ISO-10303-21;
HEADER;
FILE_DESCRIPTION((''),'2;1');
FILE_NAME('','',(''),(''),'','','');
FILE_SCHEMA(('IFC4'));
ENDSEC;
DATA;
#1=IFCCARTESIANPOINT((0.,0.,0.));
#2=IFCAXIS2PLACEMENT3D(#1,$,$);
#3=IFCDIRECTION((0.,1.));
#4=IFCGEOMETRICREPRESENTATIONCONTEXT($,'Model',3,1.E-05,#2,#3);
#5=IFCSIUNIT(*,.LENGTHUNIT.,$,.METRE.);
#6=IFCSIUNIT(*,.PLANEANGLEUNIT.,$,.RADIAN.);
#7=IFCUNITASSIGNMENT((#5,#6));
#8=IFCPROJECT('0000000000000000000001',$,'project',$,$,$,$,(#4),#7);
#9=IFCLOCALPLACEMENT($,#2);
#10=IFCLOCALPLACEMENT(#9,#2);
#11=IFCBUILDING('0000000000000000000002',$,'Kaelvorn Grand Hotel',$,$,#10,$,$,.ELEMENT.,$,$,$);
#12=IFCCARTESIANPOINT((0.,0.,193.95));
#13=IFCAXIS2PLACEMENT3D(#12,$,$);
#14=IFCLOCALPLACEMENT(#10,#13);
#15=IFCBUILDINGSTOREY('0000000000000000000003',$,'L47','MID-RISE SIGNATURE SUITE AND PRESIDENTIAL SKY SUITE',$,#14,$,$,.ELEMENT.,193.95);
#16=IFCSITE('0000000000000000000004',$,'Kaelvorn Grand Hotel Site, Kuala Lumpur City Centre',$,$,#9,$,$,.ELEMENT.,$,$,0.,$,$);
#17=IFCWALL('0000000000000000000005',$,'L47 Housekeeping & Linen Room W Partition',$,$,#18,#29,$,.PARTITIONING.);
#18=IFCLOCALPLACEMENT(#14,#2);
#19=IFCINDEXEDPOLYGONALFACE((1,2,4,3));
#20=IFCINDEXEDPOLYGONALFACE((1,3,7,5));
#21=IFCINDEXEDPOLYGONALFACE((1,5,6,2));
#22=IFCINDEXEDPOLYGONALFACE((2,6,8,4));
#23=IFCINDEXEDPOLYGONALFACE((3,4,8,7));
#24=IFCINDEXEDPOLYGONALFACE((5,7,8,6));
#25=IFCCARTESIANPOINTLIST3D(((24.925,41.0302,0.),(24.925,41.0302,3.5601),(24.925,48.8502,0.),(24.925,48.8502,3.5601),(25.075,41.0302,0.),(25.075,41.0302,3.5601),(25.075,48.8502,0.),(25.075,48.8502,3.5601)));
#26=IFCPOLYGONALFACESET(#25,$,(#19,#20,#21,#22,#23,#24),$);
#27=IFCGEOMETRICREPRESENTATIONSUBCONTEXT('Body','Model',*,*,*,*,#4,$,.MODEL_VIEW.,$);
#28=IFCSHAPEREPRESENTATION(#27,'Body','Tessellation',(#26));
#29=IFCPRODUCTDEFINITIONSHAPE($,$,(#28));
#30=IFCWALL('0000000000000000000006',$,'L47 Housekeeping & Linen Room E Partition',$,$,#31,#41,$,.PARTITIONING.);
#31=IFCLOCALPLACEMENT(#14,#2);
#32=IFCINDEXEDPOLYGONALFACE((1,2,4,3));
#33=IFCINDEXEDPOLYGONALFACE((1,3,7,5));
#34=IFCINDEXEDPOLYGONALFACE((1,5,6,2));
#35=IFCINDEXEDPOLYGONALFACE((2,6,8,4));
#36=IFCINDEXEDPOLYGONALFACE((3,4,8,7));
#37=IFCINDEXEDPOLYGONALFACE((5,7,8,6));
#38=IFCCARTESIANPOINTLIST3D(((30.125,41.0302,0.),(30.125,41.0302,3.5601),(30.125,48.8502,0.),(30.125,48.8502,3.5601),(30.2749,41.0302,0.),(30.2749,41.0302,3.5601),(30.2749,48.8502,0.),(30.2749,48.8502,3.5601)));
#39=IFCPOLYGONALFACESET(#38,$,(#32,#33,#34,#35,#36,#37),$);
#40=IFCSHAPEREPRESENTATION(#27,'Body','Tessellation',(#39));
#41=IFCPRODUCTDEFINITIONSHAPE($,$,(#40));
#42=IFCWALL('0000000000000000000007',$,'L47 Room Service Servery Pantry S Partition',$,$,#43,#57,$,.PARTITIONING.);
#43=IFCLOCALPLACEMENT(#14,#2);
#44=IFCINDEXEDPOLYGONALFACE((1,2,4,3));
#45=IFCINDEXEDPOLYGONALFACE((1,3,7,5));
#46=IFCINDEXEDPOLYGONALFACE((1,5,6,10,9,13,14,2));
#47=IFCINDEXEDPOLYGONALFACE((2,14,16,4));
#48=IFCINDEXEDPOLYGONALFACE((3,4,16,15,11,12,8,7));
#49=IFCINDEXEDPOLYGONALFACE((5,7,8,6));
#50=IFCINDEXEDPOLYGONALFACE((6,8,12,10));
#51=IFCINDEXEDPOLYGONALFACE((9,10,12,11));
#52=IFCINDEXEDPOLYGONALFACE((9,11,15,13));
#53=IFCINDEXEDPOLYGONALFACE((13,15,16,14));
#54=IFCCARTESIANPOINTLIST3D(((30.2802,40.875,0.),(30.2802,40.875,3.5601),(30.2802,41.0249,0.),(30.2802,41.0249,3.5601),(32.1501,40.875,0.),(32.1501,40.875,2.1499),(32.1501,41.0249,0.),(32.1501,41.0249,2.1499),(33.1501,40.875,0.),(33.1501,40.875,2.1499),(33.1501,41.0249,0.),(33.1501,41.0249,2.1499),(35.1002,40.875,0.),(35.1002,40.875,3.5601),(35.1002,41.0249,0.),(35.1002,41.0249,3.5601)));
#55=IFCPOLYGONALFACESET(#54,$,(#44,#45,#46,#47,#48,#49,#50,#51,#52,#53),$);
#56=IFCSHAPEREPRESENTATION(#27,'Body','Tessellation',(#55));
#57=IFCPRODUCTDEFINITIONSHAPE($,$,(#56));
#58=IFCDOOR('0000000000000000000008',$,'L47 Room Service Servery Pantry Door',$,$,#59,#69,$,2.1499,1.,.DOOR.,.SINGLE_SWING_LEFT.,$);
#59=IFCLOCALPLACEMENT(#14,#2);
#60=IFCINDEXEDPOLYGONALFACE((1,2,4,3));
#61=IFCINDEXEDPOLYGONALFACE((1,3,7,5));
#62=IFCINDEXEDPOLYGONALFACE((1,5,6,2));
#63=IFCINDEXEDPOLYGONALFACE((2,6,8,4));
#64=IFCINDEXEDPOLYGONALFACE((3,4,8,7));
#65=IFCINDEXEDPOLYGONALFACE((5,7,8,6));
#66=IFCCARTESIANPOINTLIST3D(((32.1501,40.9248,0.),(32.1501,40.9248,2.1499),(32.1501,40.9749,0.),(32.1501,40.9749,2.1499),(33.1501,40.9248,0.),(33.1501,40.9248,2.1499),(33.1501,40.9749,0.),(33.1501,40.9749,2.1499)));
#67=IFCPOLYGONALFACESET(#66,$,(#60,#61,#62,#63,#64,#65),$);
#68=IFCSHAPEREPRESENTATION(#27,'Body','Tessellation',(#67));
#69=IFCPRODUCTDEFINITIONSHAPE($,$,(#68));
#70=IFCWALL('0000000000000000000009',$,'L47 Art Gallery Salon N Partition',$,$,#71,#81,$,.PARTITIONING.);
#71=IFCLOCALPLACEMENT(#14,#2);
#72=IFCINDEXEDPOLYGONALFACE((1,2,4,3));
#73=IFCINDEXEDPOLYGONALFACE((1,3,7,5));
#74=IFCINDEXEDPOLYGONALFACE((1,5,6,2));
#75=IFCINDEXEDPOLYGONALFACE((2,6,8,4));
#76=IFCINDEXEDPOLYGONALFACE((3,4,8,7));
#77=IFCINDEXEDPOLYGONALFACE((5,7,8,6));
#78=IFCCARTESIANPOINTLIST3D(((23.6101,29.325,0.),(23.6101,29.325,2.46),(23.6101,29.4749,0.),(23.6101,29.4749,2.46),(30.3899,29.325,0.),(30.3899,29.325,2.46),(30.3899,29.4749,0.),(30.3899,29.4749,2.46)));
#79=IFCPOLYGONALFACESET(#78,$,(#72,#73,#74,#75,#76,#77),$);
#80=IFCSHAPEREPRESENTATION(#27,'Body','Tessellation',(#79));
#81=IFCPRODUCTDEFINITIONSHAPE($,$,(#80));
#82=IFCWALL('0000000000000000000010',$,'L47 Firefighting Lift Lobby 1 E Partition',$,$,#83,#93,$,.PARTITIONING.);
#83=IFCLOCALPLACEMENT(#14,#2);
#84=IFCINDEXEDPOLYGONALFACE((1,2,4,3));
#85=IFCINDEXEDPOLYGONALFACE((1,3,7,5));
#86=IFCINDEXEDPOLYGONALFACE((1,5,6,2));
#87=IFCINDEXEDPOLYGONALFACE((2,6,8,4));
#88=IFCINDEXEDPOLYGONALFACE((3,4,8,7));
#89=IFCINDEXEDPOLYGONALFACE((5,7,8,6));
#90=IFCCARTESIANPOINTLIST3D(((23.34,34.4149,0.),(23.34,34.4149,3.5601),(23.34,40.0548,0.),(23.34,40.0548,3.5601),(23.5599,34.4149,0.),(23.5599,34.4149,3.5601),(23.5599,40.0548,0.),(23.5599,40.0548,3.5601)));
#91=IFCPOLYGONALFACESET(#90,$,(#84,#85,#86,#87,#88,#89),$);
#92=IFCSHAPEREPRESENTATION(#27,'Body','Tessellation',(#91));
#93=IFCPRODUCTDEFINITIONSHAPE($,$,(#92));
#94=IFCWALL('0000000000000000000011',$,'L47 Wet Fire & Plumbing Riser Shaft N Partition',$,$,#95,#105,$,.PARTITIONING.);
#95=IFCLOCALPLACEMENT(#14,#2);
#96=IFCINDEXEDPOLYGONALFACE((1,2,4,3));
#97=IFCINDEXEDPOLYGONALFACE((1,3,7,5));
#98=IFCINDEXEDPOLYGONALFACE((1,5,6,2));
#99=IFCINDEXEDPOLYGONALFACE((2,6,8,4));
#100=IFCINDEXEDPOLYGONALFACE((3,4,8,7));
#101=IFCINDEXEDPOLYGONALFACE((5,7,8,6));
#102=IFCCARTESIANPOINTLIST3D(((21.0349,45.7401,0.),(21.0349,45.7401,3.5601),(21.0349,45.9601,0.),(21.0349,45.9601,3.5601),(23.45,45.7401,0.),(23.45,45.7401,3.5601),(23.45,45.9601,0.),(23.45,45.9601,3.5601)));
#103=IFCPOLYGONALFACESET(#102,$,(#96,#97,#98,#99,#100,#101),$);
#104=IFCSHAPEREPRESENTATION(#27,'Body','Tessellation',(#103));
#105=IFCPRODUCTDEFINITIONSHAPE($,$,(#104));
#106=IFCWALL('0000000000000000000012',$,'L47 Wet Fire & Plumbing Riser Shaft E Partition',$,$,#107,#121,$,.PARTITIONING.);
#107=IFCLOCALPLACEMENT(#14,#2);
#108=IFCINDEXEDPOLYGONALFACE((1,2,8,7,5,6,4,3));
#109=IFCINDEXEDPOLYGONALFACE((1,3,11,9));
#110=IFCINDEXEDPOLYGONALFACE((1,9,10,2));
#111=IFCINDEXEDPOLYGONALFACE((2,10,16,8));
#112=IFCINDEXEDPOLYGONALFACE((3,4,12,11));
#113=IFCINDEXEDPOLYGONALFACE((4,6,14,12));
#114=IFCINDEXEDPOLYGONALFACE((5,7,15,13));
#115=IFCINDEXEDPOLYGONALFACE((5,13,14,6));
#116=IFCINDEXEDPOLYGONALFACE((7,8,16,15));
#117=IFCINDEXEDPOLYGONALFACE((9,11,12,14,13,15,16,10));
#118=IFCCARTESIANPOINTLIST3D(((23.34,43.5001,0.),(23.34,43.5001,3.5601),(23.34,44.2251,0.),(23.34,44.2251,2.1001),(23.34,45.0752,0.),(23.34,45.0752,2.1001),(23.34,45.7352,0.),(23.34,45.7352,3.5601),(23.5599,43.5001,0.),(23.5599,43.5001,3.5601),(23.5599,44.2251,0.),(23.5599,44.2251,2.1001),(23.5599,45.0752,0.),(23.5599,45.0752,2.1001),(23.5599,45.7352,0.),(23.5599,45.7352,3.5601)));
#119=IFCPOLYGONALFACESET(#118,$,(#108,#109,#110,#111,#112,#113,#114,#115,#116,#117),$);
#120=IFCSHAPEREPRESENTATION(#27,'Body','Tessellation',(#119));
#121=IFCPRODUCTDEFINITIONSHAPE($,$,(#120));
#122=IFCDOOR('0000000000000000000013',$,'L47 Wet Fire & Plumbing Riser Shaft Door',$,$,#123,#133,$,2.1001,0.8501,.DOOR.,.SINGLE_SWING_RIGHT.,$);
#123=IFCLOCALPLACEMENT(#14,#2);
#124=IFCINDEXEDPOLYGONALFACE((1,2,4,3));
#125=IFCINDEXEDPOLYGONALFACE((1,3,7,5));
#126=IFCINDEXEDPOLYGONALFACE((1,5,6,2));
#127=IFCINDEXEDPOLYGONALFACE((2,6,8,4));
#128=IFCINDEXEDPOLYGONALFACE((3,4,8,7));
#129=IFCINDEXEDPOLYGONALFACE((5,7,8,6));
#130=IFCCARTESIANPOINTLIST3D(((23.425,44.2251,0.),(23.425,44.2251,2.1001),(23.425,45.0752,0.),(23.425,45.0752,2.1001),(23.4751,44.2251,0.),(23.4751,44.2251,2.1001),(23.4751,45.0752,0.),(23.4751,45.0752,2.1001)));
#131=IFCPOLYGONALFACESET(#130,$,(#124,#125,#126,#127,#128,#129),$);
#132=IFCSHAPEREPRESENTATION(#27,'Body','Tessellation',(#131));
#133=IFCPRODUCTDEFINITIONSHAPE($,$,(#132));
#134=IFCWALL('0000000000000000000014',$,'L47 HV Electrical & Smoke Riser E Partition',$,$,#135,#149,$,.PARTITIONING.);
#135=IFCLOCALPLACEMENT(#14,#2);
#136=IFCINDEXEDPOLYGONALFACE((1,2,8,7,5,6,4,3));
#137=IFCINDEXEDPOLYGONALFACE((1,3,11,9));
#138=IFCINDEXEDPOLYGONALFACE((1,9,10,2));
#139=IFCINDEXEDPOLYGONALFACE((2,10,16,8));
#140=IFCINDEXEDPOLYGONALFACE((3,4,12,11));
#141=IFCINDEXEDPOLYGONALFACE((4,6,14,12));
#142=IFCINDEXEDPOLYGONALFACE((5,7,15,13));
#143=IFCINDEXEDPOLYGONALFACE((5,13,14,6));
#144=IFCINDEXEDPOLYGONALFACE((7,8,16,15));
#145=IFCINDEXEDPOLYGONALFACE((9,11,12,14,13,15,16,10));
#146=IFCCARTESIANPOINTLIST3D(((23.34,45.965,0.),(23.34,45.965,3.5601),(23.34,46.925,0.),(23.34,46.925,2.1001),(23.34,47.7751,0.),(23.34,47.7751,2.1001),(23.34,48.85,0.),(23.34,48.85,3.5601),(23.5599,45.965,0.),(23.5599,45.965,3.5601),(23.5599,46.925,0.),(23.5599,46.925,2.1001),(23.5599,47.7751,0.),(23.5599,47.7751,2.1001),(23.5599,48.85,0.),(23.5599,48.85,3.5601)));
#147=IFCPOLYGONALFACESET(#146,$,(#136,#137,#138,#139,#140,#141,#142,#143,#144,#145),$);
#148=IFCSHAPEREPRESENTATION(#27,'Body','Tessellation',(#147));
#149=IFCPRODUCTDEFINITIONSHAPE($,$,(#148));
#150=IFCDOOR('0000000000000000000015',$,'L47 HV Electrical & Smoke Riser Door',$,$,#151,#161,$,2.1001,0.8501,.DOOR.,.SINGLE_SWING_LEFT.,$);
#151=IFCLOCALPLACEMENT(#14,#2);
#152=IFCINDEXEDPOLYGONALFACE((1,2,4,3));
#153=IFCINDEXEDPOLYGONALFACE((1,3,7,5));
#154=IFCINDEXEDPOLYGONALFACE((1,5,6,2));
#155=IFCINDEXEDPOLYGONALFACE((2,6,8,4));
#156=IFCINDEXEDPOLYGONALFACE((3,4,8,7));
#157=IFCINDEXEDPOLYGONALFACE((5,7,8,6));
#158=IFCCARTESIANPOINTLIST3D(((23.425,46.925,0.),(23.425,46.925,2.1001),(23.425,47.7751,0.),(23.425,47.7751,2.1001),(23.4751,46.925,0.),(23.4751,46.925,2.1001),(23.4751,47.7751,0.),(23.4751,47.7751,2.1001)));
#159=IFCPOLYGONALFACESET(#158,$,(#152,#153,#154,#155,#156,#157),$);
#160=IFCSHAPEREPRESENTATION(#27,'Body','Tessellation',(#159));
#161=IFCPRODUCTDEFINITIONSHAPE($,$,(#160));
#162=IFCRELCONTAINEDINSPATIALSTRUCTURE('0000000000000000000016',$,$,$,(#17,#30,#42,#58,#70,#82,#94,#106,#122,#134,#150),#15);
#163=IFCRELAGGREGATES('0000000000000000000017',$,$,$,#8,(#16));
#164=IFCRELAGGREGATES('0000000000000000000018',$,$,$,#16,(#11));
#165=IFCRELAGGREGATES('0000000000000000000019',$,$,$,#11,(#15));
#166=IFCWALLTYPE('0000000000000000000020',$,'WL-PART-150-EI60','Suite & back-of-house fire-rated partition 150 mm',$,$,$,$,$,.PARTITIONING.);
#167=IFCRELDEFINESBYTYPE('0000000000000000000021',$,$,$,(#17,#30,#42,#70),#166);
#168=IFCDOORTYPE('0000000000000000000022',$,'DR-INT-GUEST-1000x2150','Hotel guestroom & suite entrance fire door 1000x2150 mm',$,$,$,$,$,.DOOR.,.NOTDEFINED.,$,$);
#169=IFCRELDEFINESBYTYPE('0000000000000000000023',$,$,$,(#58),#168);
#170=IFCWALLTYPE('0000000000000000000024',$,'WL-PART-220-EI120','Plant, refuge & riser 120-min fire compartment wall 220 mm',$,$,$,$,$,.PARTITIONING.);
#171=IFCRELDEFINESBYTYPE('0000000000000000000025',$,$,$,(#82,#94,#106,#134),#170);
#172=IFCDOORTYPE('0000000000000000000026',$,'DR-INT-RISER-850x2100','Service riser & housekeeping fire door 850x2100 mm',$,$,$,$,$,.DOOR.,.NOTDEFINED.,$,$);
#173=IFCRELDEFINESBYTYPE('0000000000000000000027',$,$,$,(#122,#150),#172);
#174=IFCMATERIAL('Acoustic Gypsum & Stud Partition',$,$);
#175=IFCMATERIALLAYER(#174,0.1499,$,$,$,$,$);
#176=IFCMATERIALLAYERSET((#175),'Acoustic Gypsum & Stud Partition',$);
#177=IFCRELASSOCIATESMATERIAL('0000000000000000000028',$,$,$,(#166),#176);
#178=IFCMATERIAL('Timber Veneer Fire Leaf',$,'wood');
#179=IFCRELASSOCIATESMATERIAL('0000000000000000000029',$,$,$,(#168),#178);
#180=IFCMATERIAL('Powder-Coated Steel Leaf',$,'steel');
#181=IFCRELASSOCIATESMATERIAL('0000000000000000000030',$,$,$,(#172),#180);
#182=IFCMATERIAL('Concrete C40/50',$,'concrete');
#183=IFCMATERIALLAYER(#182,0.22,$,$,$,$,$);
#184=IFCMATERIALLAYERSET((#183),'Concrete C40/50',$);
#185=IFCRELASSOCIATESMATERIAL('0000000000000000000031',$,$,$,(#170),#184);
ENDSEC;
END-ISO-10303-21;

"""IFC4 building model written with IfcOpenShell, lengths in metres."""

from ifc_helpers import new_model, si_unit, direction, frame, frame_2d, origin, place, context, subcontext, project, spatial, rectangle, extrude, material, layer, layer_set, type_object, element, fill, save


model = new_model("IFC4")

# Units and contexts
model_context = context("Model", 3, precision=1e-05, world=origin(), true_north=direction((0.0, 1.0)))
body_context = subcontext(model_context, "Body", "Model", "MODEL_VIEW")
ifc_project = project(units=[si_unit("LENGTHUNIT", "METRE"), si_unit("PLANEANGLEUNIT", "RADIAN")], contexts=[model_context])

# Site, building, storey
site_placement = place(None, origin())
site = spatial("IfcSite", under=ifc_project, at=site_placement, Name="Kaelvorn Grand Hotel Site, Kuala Lumpur City Centre", CompositionType="ELEMENT", RefElevation=0.0)
building_placement = place(site_placement, origin())
building = spatial("IfcBuilding", under=site, at=building_placement, Name="Kaelvorn Grand Hotel", CompositionType="ELEMENT")
storey_placement = place(building_placement, frame((0.0, 0.0, 193.95)))
storey = spatial("IfcBuildingStorey", under=building, at=storey_placement, Name="L47", Description="MID-RISE SIGNATURE SUITE AND PRESIDENTIAL SKY SUITE", CompositionType="ELEMENT", Elevation=193.95)

# Shared definitions
ifc_material_1 = material(Name="Acoustic Gypsum & Stud Partition")
ifc_layer_1 = layer(ifc_material_1, 0.1499)
ifc_layer_set_1 = layer_set([ifc_layer_1], Name="Acoustic Gypsum & Stud Partition")
wall_type_1 = type_object("IfcWallType", Name="WL-PART-150-EI60", Description="Suite & back-of-house fire-rated partition 150 mm", PredefinedType="PARTITIONING", material=ifc_layer_set_1)
ifc_material_2 = material(Name="Timber Veneer Fire Leaf", Category="wood")
door_type_1 = type_object("IfcDoorType", Name="DR-INT-GUEST-1000x2150", Description="Hotel guestroom & suite entrance fire door 1000x2150 mm", OperationType="NOTDEFINED", PredefinedType="DOOR", material=ifc_material_2)

# Shared definitions
ifc_material_3 = material(Name="Powder-Coated Steel Leaf", Category="steel")
door_type_2 = type_object("IfcDoorType", Name="DR-INT-RISER-850x2100", Description="Service riser & housekeeping fire door 850x2100 mm", OperationType="NOTDEFINED", PredefinedType="DOOR", material=ifc_material_3)

# Walls
for number, where, z_axis, x_axis, name in (
    (1, (25.0, 41.03, 0.0), (0.0, 0.0, 1.0), (0.0, 1.0, 0.0), "L47 Housekeeping & Linen Room W Partition"),
    (2, (30.2, 41.03, 0.0), (0.0, 0.0, 1.0), (0.0, 1.0, 0.0), "L47 Housekeeping & Linen Room E Partition"),
):
    element("IfcWall", number, at=place(storey_placement, frame(where, z_axis=z_axis, x_axis=x_axis)), inside=storey, type_object=wall_type_1, Name=name, PredefinedType="PARTITIONING", context=body_context, shape_type="SweptSolid", body=[
        extrude(rectangle(XDim=7.8201, YDim=0.1499, at=frame_2d((3.9102, 0.0))), origin(), (0.0, 0.0, 1.0), 3.5601),
    ])

# Wall, opening, door
wall_1_placement = place(storey_placement, frame((30.28, 40.95, 0.0), z_axis=(0.0, 0.0, 1.0), x_axis=(1.0, 0.0, 0.0)))
wall_1 = element("IfcWall", 3, at=wall_1_placement, inside=storey, type_object=wall_type_1, Name="L47 Room Service Servery Pantry S Partition", PredefinedType="PARTITIONING", context=body_context, shape_type="SweptSolid", body=[
    extrude(rectangle(XDim=4.8201, YDim=0.1499, at=frame_2d((2.4102, 0.0))), origin(), (0.0, 0.0, 1.0), 3.5601),
])
opening_1_placement = place(wall_1_placement, frame((1.8701, 0.0, 0.0)))
opening_1 = element("IfcOpeningElement", 4, at=opening_1_placement, cuts=wall_1, PredefinedType="OPENING", context=body_context, shape_type="SweptSolid", body=[
    extrude(rectangle(XDim=1.0, YDim=2.1499, at=frame_2d((0.5, 1.075))), frame((0.0, 0.085, 0.0), z_axis=(0.0, -1.0, 0.0), x_axis=(1.0, 0.0, 0.0)), (0.0, 0.0, 1.0), 0.1699),
])
door_1_placement = place(opening_1_placement, origin())
door_1 = element("IfcDoor", 5, at=door_1_placement, inside=storey, type_object=door_type_1, Name="L47 Room Service Servery Pantry Door", OperationType="SINGLE_SWING_LEFT", OverallHeight=2.1499, OverallWidth=1.0, PredefinedType="DOOR", context=body_context, shape_type="SweptSolid", body=[
    extrude(rectangle(XDim=1.0, YDim=2.1499, at=frame_2d((0.5, 1.075))), frame((0.0, 0.0249, 0.0), z_axis=(0.0, -1.0, 0.0), x_axis=(1.0, 0.0, 0.0)), (0.0, 0.0, 1.0), 0.05),
])
fill(opening_1, door_1)

# Walls
wall_2_placement = place(storey_placement, frame((23.6101, 29.3999, 0.0), z_axis=(0.0, 0.0, 1.0), x_axis=(1.0, 0.0, 0.0)))
element("IfcWall", 6, at=wall_2_placement, inside=storey, type_object=wall_type_1, Name="L47 Art Gallery Salon N Partition", PredefinedType="PARTITIONING", context=body_context, shape_type="SweptSolid", body=[
    extrude(rectangle(XDim=6.7798, YDim=0.1499, at=frame_2d((3.3899, 0.0))), origin(), (0.0, 0.0, 1.0), 2.46),
])
ifc_material_4 = material(Name="Concrete C40/50", Category="concrete")
ifc_layer_2 = layer(ifc_material_4, 0.22)
ifc_layer_set_2 = layer_set([ifc_layer_2], Name="Concrete C40/50")
wall_type_2 = type_object("IfcWallType", Name="WL-PART-220-EI120", Description="Plant, refuge & riser 120-min fire compartment wall 220 mm", PredefinedType="PARTITIONING", material=ifc_layer_set_2)
wall_3_placement = place(storey_placement, frame((23.45, 34.415, 0.0), z_axis=(0.0, 0.0, 1.0), x_axis=(0.0, 1.0, 0.0)))
element("IfcWall", 7, at=wall_3_placement, inside=storey, type_object=wall_type_2, Name="L47 Firefighting Lift Lobby 1 E Partition", PredefinedType="PARTITIONING", context=body_context, shape_type="SweptSolid", body=[
    extrude(rectangle(XDim=5.6399, YDim=0.22, at=frame_2d((2.8198, 0.0))), origin(), (0.0, 0.0, 1.0), 3.5601),
])
wall_4_placement = place(storey_placement, frame((21.0349, 45.8501, 0.0), z_axis=(0.0, 0.0, 1.0), x_axis=(1.0, 0.0, 0.0)))
element("IfcWall", 8, at=wall_4_placement, inside=storey, type_object=wall_type_2, Name="L47 Wet Fire & Plumbing Riser Shaft N Partition", PredefinedType="PARTITIONING", context=body_context, shape_type="SweptSolid", body=[
    extrude(rectangle(XDim=2.415, YDim=0.22, at=frame_2d((1.2075, 0.0))), origin(), (0.0, 0.0, 1.0), 3.5601),
])

# Walls, openings, doors
wall_5_placement = place(storey_placement, frame((23.45, 43.5, 0.0), z_axis=(0.0, 0.0, 1.0), x_axis=(0.0, 1.0, 0.0)))
wall_5 = element("IfcWall", 9, at=wall_5_placement, inside=storey, type_object=wall_type_2, Name="L47 Wet Fire & Plumbing Riser Shaft E Partition", PredefinedType="PARTITIONING", context=body_context, shape_type="SweptSolid", body=[
    extrude(rectangle(XDim=2.2351, YDim=0.22, at=frame_2d((1.1177, 0.0))), origin(), (0.0, 0.0, 1.0), 3.5601),
])
opening_2_placement = place(wall_5_placement, frame((0.7251, 0.0, 0.0)))
opening_2 = element("IfcOpeningElement", 10, at=opening_2_placement, cuts=wall_5, PredefinedType="OPENING", context=body_context, shape_type="SweptSolid", body=[
    extrude(rectangle(XDim=0.8501, YDim=2.1001, at=frame_2d((0.425, 1.05))), frame((0.0, 0.1201, 0.0), z_axis=(0.0, -1.0, 0.0), x_axis=(1.0, 0.0, 0.0)), (0.0, 0.0, 1.0), 0.24),
])
door_2_placement = place(opening_2_placement, origin())
door_2 = element("IfcDoor", 11, at=door_2_placement, inside=storey, type_object=door_type_2, Name="L47 Wet Fire & Plumbing Riser Shaft Door", OperationType="SINGLE_SWING_RIGHT", OverallHeight=2.1001, OverallWidth=0.8501, PredefinedType="DOOR", context=body_context, shape_type="SweptSolid", body=[
    extrude(rectangle(XDim=0.8501, YDim=2.1001, at=frame_2d((0.425, 1.05))), frame((0.0, 0.0249, 0.0), z_axis=(0.0, -1.0, 0.0), x_axis=(1.0, 0.0, 0.0)), (0.0, 0.0, 1.0), 0.05),
])
fill(opening_2, door_2)
wall_6_placement = place(storey_placement, frame((23.45, 45.9651, 0.0), z_axis=(0.0, 0.0, 1.0), x_axis=(0.0, 1.0, 0.0)))
wall_6 = element("IfcWall", 12, at=wall_6_placement, inside=storey, type_object=wall_type_2, Name="L47 HV Electrical & Smoke Riser E Partition", PredefinedType="PARTITIONING", context=body_context, shape_type="SweptSolid", body=[
    extrude(rectangle(XDim=2.885, YDim=0.22, at=frame_2d((1.4424, 0.0))), origin(), (0.0, 0.0, 1.0), 3.5601),
])
opening_3_placement = place(wall_6_placement, frame((0.96, 0.0, 0.0)))
opening_3 = element("IfcOpeningElement", 13, at=opening_3_placement, cuts=wall_6, PredefinedType="OPENING", context=body_context, shape_type="SweptSolid", body=[
    extrude(rectangle(XDim=0.8501, YDim=2.1001, at=frame_2d((0.425, 1.05))), frame((0.0, 0.1201, 0.0), z_axis=(0.0, -1.0, 0.0), x_axis=(1.0, 0.0, 0.0)), (0.0, 0.0, 1.0), 0.24),
])
door_3_placement = place(opening_3_placement, origin())
door_3 = element("IfcDoor", 14, at=door_3_placement, inside=storey, type_object=door_type_2, Name="L47 HV Electrical & Smoke Riser Door", OperationType="SINGLE_SWING_LEFT", OverallHeight=2.1001, OverallWidth=0.8501, PredefinedType="DOOR", context=body_context, shape_type="SweptSolid", body=[
    extrude(rectangle(XDim=0.8501, YDim=2.1001, at=frame_2d((0.425, 1.05))), frame((0.0, 0.0249, 0.0), z_axis=(0.0, -1.0, 0.0), x_axis=(1.0, 0.0, 0.0)), (0.0, 0.0, 1.0), 0.05),
])
fill(opening_3, door_3)

save(model, "model.ifc")
